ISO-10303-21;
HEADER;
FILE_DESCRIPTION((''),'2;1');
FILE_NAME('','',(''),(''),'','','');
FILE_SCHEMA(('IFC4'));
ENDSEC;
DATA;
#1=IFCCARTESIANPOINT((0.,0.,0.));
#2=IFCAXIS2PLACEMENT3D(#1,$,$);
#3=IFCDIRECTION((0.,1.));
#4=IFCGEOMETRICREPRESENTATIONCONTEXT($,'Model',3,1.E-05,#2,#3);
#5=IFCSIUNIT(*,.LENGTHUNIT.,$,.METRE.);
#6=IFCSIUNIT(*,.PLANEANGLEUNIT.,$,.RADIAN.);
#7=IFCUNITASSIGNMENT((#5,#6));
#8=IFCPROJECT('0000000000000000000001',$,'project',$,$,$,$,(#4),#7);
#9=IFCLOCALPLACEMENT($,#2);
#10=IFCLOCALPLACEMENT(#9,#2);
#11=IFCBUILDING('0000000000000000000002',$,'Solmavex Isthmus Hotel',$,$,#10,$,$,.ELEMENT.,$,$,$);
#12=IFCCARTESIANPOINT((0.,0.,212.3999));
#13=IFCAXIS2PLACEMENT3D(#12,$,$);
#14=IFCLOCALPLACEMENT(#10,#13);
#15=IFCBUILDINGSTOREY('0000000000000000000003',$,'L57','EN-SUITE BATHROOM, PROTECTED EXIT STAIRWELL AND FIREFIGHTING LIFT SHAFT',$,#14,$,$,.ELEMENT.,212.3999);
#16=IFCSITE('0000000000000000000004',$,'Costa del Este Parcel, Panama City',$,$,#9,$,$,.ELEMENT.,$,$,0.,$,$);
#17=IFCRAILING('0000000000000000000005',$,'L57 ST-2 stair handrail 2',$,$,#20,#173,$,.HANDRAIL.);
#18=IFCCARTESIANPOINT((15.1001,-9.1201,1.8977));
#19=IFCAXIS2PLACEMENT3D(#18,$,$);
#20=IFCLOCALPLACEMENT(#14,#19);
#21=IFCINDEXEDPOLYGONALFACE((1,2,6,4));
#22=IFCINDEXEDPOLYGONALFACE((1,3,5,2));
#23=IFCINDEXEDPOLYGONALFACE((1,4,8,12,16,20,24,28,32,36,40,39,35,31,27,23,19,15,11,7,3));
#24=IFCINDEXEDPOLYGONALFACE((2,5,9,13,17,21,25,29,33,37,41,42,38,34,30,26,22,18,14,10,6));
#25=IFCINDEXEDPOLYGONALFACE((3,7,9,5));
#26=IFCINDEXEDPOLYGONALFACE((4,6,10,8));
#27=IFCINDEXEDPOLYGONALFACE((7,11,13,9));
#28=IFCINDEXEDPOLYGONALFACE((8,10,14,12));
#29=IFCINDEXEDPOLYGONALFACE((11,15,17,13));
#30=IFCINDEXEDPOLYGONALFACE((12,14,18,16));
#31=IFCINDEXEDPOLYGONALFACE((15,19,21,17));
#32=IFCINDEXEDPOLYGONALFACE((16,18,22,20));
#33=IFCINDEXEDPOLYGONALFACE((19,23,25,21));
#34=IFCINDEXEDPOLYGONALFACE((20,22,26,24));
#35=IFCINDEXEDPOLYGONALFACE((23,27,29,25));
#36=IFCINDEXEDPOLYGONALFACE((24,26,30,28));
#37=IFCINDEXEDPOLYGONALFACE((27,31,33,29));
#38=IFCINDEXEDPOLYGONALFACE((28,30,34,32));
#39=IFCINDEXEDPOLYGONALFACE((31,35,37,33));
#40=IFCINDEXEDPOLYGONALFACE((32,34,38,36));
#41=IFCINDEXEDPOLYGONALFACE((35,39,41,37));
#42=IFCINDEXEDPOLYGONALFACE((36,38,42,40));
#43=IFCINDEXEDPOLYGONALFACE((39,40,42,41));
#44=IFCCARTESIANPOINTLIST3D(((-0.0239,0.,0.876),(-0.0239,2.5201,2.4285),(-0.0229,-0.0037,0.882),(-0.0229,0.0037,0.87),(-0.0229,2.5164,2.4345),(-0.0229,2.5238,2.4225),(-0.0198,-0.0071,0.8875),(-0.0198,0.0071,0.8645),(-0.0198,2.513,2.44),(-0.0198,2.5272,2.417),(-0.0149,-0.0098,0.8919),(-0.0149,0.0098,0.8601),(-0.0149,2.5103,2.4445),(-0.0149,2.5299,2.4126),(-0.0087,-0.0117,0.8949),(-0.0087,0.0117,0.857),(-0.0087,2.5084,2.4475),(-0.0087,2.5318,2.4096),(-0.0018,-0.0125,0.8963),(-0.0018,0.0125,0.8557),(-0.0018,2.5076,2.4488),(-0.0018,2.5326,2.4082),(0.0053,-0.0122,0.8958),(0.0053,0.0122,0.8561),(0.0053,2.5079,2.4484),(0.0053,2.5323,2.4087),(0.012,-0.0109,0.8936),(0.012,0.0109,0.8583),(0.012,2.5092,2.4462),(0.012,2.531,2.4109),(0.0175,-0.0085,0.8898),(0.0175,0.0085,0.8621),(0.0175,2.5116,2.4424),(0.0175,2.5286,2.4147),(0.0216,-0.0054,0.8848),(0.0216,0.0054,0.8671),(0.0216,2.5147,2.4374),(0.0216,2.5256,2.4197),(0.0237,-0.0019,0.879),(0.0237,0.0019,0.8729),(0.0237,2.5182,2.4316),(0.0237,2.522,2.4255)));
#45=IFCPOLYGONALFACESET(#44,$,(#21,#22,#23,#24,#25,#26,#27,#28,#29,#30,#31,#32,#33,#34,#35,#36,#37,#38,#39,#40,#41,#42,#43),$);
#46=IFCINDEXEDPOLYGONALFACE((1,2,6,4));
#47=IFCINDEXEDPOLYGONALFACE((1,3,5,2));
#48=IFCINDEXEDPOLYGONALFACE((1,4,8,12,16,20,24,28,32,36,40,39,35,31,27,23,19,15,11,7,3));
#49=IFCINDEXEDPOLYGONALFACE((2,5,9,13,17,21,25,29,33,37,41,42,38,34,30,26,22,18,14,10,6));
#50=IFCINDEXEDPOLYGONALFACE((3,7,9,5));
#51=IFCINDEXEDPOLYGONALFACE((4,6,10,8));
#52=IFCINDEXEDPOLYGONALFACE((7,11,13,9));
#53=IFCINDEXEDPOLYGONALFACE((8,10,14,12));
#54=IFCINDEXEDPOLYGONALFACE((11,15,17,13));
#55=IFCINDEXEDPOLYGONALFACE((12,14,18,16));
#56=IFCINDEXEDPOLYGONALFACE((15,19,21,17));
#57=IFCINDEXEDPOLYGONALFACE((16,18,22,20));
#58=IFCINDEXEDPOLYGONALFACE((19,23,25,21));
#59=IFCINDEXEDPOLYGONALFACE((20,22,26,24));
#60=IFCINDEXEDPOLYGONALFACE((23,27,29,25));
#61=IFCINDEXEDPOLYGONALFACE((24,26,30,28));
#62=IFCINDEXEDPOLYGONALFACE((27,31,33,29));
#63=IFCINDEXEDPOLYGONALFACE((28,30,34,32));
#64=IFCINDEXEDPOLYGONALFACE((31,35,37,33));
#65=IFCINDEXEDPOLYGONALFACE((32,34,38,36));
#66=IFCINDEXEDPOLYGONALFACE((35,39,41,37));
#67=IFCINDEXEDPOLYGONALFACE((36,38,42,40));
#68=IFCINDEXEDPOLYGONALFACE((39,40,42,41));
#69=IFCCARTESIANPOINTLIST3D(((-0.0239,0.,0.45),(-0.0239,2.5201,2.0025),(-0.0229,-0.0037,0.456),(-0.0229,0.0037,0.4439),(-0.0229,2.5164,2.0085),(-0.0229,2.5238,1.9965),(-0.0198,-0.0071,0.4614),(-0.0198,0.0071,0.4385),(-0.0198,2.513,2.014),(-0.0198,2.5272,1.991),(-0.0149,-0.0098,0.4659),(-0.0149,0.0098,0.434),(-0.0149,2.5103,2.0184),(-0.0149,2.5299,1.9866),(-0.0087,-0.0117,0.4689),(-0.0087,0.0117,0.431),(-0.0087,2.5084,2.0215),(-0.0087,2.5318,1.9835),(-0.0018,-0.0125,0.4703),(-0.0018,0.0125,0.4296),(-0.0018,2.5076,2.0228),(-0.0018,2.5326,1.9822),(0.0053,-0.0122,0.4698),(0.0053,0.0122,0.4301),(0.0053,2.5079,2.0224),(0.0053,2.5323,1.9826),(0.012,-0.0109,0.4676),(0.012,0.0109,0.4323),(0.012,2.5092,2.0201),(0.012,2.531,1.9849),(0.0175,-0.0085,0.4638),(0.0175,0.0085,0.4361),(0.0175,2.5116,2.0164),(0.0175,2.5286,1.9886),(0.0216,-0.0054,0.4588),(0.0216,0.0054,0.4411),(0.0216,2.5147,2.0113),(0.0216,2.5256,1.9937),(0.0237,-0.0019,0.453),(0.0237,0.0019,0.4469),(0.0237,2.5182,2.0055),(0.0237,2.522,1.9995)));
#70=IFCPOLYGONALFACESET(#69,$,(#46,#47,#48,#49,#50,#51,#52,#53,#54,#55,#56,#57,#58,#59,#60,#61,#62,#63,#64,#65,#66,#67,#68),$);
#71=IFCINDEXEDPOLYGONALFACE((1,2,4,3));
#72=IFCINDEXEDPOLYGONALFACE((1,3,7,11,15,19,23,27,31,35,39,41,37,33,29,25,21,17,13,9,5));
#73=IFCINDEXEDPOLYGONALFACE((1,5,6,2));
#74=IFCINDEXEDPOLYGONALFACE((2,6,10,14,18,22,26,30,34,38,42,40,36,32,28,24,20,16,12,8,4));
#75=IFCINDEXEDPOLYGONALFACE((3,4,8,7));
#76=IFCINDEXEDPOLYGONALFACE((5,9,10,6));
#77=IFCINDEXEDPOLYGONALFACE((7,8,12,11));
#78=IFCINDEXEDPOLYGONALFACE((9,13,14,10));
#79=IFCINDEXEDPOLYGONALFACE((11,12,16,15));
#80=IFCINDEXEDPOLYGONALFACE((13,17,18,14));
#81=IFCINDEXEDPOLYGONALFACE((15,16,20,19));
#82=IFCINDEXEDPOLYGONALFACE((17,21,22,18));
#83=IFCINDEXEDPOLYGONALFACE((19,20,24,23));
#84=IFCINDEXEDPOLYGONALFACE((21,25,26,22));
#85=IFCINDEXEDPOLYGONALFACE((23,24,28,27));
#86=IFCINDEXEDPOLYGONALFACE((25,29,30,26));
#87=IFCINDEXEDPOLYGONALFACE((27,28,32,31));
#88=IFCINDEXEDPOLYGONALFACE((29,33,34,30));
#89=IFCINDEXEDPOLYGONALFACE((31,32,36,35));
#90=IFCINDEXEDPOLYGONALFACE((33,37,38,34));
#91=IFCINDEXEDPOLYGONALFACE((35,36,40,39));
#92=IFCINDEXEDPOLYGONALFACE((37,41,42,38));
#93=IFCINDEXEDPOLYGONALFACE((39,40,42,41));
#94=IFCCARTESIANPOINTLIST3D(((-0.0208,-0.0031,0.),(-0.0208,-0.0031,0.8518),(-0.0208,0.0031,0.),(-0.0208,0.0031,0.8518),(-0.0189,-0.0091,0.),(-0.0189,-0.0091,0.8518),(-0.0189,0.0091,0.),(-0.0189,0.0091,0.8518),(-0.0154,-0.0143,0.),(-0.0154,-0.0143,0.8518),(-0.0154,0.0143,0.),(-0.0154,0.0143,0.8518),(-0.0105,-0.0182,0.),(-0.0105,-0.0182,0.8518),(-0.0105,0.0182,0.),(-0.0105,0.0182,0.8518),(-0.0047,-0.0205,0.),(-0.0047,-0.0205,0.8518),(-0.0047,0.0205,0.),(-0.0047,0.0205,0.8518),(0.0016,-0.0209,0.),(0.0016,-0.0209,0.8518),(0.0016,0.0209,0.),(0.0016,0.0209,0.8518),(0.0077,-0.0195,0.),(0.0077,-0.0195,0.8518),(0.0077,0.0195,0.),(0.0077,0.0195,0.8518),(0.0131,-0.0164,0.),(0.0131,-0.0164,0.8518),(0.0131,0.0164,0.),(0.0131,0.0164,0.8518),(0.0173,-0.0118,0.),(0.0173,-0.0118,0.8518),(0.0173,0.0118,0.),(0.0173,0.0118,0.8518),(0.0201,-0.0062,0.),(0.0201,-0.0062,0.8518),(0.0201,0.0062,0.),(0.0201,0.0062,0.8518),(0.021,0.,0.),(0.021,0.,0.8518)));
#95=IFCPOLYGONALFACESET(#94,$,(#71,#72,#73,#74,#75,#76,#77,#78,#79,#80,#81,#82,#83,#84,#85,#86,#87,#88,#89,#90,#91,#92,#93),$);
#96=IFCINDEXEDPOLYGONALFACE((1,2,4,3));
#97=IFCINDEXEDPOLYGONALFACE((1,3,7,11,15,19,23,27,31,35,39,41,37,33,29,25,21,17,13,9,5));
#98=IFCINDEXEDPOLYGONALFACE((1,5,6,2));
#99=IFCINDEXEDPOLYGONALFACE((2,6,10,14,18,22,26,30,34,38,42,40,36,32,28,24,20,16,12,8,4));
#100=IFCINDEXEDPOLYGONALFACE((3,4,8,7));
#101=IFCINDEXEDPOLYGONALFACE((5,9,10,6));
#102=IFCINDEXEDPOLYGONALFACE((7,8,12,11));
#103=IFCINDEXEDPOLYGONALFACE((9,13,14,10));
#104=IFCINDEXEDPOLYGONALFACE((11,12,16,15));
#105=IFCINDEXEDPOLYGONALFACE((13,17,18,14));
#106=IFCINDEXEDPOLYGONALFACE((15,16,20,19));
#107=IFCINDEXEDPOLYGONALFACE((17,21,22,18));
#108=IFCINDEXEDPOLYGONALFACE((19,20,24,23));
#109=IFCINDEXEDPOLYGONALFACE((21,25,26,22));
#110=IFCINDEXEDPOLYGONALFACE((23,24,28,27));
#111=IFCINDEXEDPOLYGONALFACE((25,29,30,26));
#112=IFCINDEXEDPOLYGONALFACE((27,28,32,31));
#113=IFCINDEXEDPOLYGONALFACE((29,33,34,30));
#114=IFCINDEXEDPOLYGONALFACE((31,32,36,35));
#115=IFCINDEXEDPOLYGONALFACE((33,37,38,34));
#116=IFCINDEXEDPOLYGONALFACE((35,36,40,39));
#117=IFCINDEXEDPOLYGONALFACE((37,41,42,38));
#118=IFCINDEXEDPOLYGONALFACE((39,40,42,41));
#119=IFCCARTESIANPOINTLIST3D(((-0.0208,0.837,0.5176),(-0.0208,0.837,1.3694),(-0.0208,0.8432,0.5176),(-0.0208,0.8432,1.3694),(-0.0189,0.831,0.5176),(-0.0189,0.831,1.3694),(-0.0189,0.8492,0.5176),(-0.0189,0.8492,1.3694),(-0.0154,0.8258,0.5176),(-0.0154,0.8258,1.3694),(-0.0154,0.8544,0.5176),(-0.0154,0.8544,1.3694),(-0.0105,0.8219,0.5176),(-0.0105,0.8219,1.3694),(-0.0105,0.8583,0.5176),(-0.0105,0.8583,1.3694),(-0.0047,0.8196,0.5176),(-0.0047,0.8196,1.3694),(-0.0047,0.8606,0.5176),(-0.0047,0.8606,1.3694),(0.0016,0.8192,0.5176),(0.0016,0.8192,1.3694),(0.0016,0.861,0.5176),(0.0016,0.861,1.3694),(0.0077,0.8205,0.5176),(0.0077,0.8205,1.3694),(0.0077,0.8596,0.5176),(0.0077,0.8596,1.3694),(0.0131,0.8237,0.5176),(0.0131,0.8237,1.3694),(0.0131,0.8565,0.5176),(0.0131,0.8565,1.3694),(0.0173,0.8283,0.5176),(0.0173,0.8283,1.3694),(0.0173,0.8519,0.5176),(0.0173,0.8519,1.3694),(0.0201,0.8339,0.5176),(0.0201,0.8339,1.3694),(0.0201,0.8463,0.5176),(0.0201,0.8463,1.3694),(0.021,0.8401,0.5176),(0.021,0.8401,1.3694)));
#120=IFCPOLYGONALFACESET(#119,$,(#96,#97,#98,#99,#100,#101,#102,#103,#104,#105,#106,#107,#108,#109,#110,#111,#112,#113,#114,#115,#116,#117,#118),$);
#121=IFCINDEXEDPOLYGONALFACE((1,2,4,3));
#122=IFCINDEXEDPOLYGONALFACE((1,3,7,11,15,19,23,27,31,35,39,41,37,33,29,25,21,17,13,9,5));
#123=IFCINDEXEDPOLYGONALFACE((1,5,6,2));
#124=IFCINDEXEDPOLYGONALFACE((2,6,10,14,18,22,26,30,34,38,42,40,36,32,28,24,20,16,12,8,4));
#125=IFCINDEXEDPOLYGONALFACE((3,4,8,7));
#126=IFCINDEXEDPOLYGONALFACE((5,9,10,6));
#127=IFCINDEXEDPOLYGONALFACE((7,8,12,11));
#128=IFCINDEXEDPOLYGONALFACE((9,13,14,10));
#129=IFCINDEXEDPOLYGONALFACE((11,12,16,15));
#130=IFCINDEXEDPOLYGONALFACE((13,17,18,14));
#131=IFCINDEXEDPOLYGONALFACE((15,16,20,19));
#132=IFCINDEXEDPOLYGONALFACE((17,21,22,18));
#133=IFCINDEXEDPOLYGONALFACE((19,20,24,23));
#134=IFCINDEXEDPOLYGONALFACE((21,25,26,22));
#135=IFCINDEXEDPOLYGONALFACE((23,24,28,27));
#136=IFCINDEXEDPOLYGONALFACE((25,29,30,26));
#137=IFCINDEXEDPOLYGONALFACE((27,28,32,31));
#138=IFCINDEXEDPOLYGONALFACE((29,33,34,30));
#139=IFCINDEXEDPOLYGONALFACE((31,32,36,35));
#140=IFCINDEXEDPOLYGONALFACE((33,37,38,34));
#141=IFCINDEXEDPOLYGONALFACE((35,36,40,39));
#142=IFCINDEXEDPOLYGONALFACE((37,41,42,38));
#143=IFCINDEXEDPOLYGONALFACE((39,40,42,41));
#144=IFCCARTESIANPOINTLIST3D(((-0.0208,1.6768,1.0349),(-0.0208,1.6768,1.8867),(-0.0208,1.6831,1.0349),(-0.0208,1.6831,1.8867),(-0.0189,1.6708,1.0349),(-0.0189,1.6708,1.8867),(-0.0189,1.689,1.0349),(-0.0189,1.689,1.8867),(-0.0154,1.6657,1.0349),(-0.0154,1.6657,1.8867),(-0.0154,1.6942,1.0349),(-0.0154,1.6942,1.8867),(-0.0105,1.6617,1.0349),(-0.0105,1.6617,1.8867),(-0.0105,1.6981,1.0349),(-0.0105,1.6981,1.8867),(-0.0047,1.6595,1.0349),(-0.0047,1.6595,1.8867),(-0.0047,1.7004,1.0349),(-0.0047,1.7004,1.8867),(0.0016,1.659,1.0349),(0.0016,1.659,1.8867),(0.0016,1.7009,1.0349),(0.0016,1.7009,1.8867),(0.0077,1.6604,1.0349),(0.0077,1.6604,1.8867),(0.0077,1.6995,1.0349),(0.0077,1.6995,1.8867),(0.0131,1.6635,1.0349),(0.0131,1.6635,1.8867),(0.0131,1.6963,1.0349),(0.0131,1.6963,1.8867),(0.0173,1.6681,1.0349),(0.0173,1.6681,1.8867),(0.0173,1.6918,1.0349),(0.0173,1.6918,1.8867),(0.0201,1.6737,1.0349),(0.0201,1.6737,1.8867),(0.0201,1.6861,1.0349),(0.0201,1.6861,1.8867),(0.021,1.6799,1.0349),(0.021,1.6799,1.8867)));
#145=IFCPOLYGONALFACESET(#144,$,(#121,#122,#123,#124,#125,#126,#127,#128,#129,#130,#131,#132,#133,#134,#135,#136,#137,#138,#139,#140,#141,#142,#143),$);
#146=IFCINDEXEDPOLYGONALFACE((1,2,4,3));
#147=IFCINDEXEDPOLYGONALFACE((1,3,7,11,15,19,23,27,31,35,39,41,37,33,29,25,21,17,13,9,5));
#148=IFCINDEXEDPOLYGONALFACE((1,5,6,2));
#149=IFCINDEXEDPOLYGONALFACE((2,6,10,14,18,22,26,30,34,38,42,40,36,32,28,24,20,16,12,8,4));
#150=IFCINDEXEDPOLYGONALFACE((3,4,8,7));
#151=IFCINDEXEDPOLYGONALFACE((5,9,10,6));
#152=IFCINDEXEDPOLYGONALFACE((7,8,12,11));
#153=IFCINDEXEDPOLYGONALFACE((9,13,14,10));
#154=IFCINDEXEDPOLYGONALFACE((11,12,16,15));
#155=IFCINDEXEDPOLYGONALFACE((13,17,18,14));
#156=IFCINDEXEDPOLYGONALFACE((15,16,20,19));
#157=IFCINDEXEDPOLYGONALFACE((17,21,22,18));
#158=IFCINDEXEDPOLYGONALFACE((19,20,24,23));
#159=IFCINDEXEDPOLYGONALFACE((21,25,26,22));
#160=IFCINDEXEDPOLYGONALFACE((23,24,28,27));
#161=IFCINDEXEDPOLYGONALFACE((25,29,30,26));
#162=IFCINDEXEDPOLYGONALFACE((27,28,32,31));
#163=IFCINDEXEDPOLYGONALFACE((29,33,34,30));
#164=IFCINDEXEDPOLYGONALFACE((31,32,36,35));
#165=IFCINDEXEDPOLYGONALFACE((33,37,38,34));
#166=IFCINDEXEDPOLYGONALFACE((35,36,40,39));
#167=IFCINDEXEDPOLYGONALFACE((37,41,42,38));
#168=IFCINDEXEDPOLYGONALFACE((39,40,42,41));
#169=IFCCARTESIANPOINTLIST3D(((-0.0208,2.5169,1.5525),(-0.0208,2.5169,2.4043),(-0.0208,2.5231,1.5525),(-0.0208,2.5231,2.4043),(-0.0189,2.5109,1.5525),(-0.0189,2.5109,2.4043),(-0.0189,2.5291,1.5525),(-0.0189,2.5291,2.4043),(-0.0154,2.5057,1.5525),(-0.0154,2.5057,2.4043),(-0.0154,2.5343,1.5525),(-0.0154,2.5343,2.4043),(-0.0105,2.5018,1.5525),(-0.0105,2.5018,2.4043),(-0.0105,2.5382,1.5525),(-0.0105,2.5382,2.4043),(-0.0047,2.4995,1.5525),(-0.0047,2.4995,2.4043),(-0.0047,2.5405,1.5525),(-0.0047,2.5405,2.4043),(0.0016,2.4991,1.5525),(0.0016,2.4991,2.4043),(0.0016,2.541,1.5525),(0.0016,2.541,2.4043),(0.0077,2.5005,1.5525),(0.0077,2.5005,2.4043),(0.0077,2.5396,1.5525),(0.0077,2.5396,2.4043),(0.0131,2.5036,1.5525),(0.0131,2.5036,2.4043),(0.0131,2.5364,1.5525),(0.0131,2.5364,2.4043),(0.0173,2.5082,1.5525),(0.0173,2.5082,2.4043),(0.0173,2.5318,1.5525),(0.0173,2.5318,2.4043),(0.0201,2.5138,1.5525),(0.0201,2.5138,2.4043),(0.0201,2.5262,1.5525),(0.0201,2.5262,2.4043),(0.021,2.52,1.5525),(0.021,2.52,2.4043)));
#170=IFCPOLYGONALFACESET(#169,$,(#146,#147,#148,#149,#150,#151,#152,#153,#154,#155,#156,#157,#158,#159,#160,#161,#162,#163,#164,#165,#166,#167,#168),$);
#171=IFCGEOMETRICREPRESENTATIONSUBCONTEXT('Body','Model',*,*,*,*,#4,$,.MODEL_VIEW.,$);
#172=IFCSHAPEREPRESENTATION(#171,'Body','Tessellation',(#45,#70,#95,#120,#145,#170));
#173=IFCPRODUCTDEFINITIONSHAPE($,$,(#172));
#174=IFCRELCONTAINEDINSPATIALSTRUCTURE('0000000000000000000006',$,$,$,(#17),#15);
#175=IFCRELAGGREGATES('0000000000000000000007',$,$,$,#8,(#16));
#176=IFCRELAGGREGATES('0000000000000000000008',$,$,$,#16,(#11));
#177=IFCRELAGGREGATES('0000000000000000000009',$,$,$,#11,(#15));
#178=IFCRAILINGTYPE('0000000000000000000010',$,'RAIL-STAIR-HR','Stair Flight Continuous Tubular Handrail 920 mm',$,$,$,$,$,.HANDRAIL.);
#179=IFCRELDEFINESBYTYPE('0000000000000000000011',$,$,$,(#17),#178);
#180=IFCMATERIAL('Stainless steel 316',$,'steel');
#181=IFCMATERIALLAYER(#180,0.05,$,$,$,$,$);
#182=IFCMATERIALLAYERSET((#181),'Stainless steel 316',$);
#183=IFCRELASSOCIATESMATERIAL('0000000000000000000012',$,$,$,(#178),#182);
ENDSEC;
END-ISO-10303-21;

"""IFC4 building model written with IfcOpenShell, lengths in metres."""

from ifc_helpers import new_model, si_unit, direction, frame, origin, origin_2d, place, context, subcontext, project, spatial, circle, extrude, material, layer, layer_set, type_object, element, save


model = new_model("IFC4")

# Units and contexts
model_context = context("Model", 3, precision=1e-05, world=origin(), true_north=direction((0.0, 1.0)))
body_context = subcontext(model_context, "Body", "Model", "MODEL_VIEW")
ifc_project = project(units=[si_unit("LENGTHUNIT", "METRE"), si_unit("PLANEANGLEUNIT", "RADIAN")], contexts=[model_context])

# Site, building, storey
site_placement = place(None, origin())
site = spatial("IfcSite", under=ifc_project, at=site_placement, Name="Costa del Este Parcel, Panama City", CompositionType="ELEMENT", RefElevation=0.0)
building_placement = place(site_placement, origin())
building = spatial("IfcBuilding", under=site, at=building_placement, Name="Solmavex Isthmus Hotel", CompositionType="ELEMENT")
storey_placement = place(building_placement, frame((0.0, 0.0, 212.3999)))
storey = spatial("IfcBuildingStorey", under=building, at=storey_placement, Name="L57", Description="EN-SUITE BATHROOM, PROTECTED EXIT STAIRWELL AND FIREFIGHTING LIFT SHAFT", CompositionType="ELEMENT", Elevation=212.3999)

# Railing
ifc_material_1 = material(Name="Stainless steel 316", Category="steel")
ifc_layer_1 = layer(ifc_material_1, 0.05)
ifc_layer_set_1 = layer_set([ifc_layer_1], Name="Stainless steel 316")
railing_type_1 = type_object("IfcRailingType", Name="RAIL-STAIR-HR", Description="Stair Flight Continuous Tubular Handrail 920 mm", PredefinedType="HANDRAIL", material=ifc_layer_set_1)
railing_1_placement = place(storey_placement, frame((15.1001, -9.1201, 1.8977)))
element("IfcRailing", 1, at=railing_1_placement, inside=storey, type_object=railing_type_1, Name="L57 ST-2 stair handrail 2", PredefinedType="HANDRAIL", context=body_context, shape_type="SweptSolid", body=[
    extrude(circle(Radius=0.0239, at=origin_2d()), frame((0.0, 0.0, 0.876), z_axis=(0.0, 0.8514, 0.524516), x_axis=(-1.0, 0.0, 0.0)), (0.0, 0.0, 1.0), 2.96),
    extrude(circle(Radius=0.0239, at=origin_2d()), frame((0.0, 0.0, 0.45), z_axis=(0.0, 0.8514, 0.524516), x_axis=(-1.0, 0.0, 0.0)), (0.0, 0.0, 1.0), 2.96),
    extrude(circle(Radius=0.021, at=origin_2d()), origin(), (0.0, 0.0, 1.0), 0.8518),
    extrude(circle(Radius=0.021, at=origin_2d()), frame((0.0, 0.8401, 0.5176)), (0.0, 0.0, 1.0), 0.8518),
    extrude(circle(Radius=0.021, at=origin_2d()), frame((0.0, 1.6799, 1.0349)), (0.0, 0.0, 1.0), 0.8518),
    extrude(circle(Radius=0.021, at=origin_2d()), frame((0.0, 2.52, 1.5525)), (0.0, 0.0, 1.0), 0.8518),
])

save(model, "model.ifc")
